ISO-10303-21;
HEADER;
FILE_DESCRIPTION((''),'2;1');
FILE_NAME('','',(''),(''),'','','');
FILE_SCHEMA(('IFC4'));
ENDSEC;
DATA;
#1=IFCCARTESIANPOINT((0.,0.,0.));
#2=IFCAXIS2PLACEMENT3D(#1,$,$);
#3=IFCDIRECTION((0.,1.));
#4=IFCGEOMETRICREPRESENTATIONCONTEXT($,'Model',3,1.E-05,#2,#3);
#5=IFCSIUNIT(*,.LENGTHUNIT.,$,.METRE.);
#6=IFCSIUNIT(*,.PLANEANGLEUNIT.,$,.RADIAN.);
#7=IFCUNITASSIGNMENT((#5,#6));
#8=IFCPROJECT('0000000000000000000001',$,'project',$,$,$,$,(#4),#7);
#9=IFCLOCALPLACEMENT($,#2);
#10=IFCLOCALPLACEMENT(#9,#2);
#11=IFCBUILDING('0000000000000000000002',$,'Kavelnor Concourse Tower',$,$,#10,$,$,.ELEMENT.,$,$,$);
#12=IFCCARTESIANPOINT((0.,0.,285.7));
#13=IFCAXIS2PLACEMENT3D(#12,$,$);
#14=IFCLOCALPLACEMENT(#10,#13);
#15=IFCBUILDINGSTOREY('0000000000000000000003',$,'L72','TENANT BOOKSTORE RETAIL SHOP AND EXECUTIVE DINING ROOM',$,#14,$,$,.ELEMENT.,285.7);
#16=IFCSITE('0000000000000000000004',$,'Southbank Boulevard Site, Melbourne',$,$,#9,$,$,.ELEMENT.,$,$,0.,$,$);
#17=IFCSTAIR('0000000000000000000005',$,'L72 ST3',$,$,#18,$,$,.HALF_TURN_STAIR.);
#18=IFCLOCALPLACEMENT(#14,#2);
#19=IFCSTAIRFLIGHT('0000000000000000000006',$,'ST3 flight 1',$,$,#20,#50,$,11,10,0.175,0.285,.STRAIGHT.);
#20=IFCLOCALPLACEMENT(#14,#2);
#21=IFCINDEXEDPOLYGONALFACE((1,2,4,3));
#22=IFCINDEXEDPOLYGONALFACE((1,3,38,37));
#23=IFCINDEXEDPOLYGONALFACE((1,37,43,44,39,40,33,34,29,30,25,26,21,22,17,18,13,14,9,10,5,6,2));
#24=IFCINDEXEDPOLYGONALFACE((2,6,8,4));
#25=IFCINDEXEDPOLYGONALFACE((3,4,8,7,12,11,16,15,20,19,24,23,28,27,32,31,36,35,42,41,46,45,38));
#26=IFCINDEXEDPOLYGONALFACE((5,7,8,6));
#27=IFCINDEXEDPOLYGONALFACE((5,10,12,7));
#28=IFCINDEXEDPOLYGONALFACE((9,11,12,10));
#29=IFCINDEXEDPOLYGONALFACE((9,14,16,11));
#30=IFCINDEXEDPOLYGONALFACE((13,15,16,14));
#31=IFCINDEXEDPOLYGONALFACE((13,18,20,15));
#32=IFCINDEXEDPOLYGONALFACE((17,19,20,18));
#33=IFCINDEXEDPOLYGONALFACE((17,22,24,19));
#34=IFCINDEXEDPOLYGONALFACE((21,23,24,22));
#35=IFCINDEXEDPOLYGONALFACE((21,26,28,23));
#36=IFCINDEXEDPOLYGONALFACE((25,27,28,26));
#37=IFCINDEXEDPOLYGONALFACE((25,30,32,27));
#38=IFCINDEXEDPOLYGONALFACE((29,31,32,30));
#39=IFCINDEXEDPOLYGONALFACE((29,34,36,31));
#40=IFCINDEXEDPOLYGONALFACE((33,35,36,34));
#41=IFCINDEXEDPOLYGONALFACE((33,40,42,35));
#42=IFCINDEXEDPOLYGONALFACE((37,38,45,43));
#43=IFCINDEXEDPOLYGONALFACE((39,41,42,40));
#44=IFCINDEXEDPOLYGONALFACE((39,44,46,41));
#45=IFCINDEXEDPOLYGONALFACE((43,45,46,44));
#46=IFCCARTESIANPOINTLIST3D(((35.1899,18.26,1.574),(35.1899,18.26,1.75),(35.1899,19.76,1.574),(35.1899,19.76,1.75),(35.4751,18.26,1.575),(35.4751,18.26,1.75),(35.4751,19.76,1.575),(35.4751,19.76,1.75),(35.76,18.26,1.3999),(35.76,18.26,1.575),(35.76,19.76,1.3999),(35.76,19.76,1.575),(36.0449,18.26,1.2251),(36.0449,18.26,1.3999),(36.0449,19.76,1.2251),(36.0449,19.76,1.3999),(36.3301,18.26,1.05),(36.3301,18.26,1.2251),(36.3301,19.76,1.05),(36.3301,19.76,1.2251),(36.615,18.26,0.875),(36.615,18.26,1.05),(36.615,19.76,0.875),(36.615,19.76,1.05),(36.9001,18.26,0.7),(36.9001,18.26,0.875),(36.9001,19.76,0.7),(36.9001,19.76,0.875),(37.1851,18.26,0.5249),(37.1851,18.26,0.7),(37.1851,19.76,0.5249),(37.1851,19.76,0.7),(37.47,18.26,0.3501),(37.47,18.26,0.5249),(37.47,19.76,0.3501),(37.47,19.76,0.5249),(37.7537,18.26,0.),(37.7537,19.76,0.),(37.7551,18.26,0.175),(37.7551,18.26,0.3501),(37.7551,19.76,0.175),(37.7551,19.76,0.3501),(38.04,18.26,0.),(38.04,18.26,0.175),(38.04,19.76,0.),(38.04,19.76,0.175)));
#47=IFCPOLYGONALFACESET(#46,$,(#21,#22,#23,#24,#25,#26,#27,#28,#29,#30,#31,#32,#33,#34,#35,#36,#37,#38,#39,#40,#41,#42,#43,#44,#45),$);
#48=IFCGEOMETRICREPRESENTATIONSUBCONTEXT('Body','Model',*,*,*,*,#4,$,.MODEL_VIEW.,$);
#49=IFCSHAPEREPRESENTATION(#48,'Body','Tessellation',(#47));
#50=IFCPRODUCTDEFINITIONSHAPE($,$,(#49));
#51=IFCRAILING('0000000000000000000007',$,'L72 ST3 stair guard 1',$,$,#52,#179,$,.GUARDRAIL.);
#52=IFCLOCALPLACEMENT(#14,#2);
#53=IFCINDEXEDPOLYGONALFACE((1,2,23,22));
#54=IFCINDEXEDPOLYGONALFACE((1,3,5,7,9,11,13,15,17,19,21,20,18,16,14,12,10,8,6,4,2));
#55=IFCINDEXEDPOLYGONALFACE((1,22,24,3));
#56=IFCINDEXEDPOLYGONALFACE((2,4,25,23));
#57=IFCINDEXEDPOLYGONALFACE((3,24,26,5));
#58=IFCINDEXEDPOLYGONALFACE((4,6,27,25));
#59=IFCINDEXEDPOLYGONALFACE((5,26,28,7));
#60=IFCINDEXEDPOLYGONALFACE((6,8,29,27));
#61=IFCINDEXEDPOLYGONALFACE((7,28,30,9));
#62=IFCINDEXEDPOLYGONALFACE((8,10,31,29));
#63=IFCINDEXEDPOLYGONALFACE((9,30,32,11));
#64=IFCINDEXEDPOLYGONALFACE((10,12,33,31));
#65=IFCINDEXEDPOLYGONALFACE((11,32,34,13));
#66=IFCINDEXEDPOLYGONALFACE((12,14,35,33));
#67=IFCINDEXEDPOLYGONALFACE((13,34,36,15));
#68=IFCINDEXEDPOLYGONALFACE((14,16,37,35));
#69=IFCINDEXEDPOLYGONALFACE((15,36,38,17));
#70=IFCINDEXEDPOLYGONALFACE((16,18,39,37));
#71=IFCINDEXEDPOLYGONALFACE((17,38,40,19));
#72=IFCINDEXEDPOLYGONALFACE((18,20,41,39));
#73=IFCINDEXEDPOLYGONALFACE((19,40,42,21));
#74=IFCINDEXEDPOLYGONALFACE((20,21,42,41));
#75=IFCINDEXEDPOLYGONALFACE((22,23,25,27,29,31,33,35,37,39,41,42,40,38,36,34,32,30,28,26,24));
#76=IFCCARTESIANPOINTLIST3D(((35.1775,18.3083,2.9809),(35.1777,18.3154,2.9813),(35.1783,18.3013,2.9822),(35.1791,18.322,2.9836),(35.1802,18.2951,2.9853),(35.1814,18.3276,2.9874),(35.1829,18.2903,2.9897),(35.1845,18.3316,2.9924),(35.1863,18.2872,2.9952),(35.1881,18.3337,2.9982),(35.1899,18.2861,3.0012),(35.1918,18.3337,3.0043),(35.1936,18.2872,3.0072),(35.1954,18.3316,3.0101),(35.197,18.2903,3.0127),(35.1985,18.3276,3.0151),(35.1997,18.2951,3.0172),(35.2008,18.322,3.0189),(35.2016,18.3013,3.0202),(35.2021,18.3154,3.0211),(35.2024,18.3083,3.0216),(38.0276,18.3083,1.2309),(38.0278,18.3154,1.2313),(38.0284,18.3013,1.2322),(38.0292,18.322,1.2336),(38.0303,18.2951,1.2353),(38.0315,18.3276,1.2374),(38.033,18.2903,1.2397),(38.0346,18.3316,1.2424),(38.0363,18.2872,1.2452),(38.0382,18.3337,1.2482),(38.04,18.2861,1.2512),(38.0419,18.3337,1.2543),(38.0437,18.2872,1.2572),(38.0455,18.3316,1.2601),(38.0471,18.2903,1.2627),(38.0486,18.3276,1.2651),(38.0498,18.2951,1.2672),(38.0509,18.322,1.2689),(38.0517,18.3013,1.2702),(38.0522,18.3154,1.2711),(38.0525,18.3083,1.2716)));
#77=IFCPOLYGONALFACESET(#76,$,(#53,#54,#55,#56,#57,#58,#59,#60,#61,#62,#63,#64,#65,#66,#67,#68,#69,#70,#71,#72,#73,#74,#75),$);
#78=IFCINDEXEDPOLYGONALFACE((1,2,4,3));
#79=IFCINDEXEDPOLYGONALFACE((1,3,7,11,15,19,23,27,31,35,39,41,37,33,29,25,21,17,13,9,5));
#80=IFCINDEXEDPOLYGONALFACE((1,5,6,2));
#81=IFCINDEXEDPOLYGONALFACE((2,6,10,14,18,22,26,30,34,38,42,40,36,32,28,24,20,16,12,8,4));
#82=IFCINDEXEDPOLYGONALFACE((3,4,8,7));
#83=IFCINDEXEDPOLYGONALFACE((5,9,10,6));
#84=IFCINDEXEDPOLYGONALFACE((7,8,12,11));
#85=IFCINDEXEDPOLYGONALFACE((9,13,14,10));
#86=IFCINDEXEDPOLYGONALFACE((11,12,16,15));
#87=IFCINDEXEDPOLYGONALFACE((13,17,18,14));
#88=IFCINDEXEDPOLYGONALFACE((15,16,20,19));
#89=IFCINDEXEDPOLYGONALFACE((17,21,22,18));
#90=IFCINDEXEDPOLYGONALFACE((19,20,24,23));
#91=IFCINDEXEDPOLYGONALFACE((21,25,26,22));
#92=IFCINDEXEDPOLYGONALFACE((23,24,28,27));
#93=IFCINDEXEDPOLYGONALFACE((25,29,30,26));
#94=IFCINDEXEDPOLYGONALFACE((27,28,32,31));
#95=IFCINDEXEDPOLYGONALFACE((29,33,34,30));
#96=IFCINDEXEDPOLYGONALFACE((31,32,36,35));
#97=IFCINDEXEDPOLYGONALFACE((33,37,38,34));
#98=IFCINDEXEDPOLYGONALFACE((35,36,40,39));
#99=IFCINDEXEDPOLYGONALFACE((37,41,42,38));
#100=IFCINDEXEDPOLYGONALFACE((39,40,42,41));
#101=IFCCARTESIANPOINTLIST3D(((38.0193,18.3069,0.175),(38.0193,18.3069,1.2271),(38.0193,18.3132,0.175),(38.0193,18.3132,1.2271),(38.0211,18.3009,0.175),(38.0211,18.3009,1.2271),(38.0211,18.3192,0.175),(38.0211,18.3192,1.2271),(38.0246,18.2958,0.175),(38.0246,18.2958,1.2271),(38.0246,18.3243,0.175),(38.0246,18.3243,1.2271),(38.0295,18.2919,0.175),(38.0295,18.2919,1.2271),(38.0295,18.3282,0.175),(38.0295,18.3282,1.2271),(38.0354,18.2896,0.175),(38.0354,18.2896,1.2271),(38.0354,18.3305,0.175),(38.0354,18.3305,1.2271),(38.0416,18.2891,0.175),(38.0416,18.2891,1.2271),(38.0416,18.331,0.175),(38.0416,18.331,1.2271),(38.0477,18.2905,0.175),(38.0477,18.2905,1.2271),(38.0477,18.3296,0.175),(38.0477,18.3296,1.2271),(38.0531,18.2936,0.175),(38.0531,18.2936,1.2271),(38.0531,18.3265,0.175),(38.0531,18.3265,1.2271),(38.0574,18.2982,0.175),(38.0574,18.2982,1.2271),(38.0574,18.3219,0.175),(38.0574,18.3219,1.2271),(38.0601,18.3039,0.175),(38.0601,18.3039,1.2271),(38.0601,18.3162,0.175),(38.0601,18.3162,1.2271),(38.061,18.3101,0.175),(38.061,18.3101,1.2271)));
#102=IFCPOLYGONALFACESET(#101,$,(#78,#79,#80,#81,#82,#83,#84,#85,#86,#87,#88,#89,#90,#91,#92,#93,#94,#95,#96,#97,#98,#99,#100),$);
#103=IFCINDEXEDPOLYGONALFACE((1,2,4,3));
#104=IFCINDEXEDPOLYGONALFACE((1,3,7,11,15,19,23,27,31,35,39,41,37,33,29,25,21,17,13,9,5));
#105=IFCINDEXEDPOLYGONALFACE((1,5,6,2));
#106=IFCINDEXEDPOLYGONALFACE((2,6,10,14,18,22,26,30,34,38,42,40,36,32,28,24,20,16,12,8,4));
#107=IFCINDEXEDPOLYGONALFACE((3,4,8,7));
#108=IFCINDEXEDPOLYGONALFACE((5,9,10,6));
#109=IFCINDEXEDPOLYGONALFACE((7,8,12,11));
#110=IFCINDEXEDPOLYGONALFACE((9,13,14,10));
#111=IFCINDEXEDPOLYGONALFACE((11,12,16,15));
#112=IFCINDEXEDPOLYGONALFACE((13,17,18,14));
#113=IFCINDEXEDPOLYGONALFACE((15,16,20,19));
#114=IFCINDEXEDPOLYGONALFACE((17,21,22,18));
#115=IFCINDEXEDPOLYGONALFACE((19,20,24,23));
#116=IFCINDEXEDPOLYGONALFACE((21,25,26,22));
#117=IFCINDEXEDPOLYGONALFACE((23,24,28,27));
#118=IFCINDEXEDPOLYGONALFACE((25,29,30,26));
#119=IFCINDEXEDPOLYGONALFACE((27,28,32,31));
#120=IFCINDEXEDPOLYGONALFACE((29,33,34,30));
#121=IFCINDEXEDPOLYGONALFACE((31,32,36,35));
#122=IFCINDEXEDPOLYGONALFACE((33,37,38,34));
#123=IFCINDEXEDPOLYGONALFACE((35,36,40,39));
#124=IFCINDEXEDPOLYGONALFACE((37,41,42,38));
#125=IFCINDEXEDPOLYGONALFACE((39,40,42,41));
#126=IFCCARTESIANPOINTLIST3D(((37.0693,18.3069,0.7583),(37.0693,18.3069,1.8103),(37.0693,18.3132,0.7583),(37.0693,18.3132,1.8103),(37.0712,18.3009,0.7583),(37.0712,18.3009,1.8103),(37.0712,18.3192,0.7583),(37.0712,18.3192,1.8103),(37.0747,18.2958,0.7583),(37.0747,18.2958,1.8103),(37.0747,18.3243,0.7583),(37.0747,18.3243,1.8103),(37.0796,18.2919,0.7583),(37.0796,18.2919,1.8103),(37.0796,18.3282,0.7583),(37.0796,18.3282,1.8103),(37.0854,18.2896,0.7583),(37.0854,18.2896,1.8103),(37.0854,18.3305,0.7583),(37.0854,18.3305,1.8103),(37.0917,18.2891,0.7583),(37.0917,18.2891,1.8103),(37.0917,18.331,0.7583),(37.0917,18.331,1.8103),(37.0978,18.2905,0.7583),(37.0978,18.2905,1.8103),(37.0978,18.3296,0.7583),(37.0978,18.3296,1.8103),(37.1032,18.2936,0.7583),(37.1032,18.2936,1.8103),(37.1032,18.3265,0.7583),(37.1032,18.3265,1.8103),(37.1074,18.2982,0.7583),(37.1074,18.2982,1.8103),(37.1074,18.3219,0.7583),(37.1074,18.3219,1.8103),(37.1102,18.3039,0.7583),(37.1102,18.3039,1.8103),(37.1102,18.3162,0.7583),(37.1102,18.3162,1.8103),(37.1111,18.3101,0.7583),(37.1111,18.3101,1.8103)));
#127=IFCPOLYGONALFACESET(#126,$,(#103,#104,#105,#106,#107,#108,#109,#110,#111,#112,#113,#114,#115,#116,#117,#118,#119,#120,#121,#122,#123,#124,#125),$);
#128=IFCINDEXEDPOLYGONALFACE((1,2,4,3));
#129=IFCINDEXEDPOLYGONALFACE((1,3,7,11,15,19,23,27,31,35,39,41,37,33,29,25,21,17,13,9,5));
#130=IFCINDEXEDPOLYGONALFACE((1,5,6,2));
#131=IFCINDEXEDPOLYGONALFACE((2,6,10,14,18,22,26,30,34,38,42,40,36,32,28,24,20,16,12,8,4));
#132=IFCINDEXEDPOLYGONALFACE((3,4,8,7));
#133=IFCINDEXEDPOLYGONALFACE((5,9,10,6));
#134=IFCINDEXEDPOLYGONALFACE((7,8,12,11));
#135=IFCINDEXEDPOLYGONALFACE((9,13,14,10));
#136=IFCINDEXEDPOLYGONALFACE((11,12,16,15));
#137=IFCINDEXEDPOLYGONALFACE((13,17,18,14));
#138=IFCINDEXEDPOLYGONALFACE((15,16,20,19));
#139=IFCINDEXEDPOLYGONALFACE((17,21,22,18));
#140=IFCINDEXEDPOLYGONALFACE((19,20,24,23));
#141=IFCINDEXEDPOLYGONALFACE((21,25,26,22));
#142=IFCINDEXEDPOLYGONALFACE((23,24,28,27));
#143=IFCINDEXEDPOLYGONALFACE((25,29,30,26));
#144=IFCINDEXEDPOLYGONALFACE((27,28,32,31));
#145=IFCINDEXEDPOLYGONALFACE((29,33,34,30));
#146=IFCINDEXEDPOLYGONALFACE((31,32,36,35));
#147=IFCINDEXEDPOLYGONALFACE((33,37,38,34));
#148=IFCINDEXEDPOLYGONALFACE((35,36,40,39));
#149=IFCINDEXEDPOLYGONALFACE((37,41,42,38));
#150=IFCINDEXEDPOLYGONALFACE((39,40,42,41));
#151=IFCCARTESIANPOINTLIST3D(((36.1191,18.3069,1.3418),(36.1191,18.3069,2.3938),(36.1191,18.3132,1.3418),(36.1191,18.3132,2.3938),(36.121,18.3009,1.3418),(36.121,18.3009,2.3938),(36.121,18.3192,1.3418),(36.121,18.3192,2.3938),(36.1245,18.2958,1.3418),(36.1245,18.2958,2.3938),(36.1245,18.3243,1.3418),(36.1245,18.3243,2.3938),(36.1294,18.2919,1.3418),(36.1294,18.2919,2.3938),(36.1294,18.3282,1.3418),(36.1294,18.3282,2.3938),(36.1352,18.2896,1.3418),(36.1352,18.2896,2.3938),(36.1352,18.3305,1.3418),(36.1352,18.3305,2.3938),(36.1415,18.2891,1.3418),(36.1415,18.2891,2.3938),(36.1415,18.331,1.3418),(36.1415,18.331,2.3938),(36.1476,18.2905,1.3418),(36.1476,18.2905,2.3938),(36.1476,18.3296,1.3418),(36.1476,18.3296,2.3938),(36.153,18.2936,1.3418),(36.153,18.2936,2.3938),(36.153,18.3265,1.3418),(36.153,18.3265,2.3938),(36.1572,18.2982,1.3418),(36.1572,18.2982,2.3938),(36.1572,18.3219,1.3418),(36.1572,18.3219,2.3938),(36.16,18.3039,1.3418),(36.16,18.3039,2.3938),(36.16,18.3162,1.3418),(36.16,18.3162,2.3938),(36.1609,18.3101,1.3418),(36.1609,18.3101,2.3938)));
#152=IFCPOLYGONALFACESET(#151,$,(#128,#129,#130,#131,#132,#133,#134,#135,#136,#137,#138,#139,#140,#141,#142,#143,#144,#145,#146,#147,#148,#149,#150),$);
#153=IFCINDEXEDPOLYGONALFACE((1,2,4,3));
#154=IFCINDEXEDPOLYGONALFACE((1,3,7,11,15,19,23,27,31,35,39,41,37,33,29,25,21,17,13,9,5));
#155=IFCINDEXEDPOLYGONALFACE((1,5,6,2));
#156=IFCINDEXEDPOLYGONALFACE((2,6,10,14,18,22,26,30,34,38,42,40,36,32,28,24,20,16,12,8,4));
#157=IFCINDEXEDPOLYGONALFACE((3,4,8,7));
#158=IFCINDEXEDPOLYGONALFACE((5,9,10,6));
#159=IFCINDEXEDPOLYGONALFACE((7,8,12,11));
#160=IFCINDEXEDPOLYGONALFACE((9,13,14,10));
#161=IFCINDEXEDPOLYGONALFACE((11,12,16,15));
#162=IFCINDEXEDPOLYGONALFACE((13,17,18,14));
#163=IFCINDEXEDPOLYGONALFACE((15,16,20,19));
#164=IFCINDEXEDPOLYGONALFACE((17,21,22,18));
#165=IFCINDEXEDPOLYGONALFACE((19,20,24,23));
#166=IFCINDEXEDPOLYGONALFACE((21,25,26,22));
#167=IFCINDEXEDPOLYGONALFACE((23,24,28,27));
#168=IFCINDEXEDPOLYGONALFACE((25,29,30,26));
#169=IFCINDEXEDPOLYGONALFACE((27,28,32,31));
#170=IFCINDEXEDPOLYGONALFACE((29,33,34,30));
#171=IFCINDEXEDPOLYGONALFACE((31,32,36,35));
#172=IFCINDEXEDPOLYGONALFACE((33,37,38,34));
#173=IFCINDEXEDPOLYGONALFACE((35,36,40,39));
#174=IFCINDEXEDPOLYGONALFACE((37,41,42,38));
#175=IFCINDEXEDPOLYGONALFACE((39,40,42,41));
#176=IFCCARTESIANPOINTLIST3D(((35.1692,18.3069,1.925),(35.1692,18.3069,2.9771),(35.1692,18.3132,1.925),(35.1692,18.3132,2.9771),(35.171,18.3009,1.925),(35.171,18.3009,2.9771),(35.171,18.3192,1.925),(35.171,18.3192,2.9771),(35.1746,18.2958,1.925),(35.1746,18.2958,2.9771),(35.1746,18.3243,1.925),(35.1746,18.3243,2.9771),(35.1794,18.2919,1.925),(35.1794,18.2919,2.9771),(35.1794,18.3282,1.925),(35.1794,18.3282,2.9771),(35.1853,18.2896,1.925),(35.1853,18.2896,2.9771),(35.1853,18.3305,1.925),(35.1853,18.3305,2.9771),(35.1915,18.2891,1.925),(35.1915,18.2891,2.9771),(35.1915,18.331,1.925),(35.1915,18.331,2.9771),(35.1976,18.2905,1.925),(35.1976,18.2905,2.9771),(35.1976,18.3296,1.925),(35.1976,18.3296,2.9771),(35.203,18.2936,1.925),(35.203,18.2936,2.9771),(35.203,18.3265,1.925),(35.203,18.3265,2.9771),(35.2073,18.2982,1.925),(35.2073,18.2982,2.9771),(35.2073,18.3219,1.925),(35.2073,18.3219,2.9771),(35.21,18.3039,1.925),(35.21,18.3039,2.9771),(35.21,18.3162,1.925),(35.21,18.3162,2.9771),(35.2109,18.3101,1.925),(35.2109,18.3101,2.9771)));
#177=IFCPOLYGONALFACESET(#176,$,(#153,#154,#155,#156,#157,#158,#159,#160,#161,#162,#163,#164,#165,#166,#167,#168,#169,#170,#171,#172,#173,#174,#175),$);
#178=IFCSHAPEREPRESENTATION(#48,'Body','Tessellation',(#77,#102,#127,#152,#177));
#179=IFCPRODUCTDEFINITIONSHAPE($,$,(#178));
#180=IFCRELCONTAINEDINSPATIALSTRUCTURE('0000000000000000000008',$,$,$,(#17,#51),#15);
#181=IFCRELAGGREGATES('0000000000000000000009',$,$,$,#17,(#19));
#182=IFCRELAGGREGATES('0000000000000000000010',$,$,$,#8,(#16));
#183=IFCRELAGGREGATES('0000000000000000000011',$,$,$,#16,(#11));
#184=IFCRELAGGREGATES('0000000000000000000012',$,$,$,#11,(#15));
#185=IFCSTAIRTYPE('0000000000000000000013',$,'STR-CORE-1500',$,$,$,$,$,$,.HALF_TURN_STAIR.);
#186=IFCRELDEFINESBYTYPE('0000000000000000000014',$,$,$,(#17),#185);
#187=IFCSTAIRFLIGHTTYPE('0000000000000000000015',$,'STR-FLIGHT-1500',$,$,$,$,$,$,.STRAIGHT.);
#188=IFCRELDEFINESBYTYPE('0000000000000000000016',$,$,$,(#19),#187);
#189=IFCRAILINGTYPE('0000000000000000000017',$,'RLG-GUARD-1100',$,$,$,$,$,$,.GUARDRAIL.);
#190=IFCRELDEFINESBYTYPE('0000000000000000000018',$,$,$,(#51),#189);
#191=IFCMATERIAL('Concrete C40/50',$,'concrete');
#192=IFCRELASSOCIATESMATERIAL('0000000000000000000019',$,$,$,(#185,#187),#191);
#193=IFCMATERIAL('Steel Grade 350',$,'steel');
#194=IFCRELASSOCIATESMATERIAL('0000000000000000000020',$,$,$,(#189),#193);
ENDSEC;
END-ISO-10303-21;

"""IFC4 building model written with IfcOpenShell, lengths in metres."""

from ifc_helpers import new_model, si_unit, direction, frame, origin, origin_2d, place, context, subcontext, project, spatial, polyline, circle, outline, extrude, material, type_object, element, aggregate, save


model = new_model("IFC4")

# Units and contexts
model_context = context("Model", 3, precision=1e-05, world=origin(), true_north=direction((0.0, 1.0)))
body_context = subcontext(model_context, "Body", "Model", "MODEL_VIEW")
ifc_project = project(units=[si_unit("LENGTHUNIT", "METRE"), si_unit("PLANEANGLEUNIT", "RADIAN")], contexts=[model_context])

# Site, building, storey
site_placement = place(None, origin())
site = spatial("IfcSite", under=ifc_project, at=site_placement, Name="Southbank Boulevard Site, Melbourne", CompositionType="ELEMENT", RefElevation=0.0)
building_placement = place(site_placement, origin())
building = spatial("IfcBuilding", under=site, at=building_placement, Name="Kavelnor Concourse Tower", CompositionType="ELEMENT")
storey_placement = place(building_placement, frame((0.0, 0.0, 285.7)))
storey = spatial("IfcBuildingStorey", under=building, at=storey_placement, Name="L72", Description="TENANT BOOKSTORE RETAIL SHOP AND EXECUTIVE DINING ROOM", CompositionType="ELEMENT", Elevation=285.7)

# Shared definitions
ifc_material_1 = material(Name="Steel Grade 350", Category="steel")

# Stair, stair flight
ifc_material_2 = material(Name="Concrete C40/50", Category="concrete")
stair_type = type_object("IfcStairType", Name="STR-CORE-1500", PredefinedType="HALF_TURN_STAIR", material=ifc_material_2)
stair_placement = place(storey_placement, origin())
stair = element("IfcStair", 1, at=stair_placement, inside=storey, type_object=stair_type, Name="L72 ST3", PredefinedType="HALF_TURN_STAIR")
stair_flight_type = type_object("IfcStairFlightType", Name="STR-FLIGHT-1500", PredefinedType="STRAIGHT", material=ifc_material_2)
stair_flight_placement = place(storey_placement, frame((38.04, 19.01, 0.0), z_axis=(0.0, 0.0, 1.0), x_axis=(-1.0, 0.0, 0.0)))
stair_flight = element("IfcStairFlight", 2, at=stair_flight_placement, type_object=stair_flight_type, Name="ST3 flight 1", NumberOfRisers=11, NumberOfTreads=10, PredefinedType="STRAIGHT", RiserHeight=0.175, TreadLength=0.285, context=body_context, shape_type="SweptSolid", body=[
    extrude(outline(polyline([(0.0, 0.0), (0.0, 0.175), (0.2849, 0.175), (0.2849, 0.3501), (0.5701, 0.3501), (0.5701, 0.5249), (0.855, 0.5249), (0.855, 0.7), (1.1399, 0.7), (1.1399, 0.875), (1.425, 0.875), (1.425, 1.05), (1.71, 1.05), (1.71, 1.2251), (1.9951, 1.2251), (1.9951, 1.3999), (2.28, 1.3999), (2.28, 1.575), (2.5649, 1.575), (2.5649, 1.75), (2.8501, 1.75), (2.8501, 1.925), (2.8501, 1.574), (0.2864, 0.0), (0.0, 0.0)])), frame((0.0, 0.75, 0.0), z_axis=(0.0, -1.0, 0.0), x_axis=(1.0, 0.0, 0.0)), (0.0, 0.0, 1.0), 1.5),
])
aggregate(stair, [stair_flight])

# Railing
railing_type_1 = type_object("IfcRailingType", Name="RLG-GUARD-1100", PredefinedType="GUARDRAIL", material=ifc_material_1)
railing_1_placement = place(storey_placement, frame((38.04, 18.3101, 0.175)))
element("IfcRailing", 3, at=railing_1_placement, inside=storey, type_object=railing_type_1, Name="L72 ST3 stair guard 1", PredefinedType="GUARDRAIL", context=body_context, shape_type="SweptSolid", body=[
    extrude(circle(Radius=0.0239, at=origin_2d()), frame((0.0, 0.0, 1.0762), z_axis=(-0.852179, 0.0, 0.52325), x_axis=(0.0, -1.0, 0.0)), (0.0, 0.0, 1.0), 3.3445),
    extrude(circle(Radius=0.021, at=origin_2d()), origin(), (0.0, 0.0, 1.0), 1.052),
    extrude(circle(Radius=0.021, at=origin_2d()), frame((-0.95, 0.0, 0.5833)), (0.0, 0.0, 1.0), 1.052),
    extrude(circle(Radius=0.021, at=origin_2d()), frame((-1.9001, 0.0, 1.1667)), (0.0, 0.0, 1.0), 1.052),
    extrude(circle(Radius=0.021, at=origin_2d()), frame((-2.8501, 0.0, 1.75)), (0.0, 0.0, 1.0), 1.052),
])

save(model, "model.ifc")
